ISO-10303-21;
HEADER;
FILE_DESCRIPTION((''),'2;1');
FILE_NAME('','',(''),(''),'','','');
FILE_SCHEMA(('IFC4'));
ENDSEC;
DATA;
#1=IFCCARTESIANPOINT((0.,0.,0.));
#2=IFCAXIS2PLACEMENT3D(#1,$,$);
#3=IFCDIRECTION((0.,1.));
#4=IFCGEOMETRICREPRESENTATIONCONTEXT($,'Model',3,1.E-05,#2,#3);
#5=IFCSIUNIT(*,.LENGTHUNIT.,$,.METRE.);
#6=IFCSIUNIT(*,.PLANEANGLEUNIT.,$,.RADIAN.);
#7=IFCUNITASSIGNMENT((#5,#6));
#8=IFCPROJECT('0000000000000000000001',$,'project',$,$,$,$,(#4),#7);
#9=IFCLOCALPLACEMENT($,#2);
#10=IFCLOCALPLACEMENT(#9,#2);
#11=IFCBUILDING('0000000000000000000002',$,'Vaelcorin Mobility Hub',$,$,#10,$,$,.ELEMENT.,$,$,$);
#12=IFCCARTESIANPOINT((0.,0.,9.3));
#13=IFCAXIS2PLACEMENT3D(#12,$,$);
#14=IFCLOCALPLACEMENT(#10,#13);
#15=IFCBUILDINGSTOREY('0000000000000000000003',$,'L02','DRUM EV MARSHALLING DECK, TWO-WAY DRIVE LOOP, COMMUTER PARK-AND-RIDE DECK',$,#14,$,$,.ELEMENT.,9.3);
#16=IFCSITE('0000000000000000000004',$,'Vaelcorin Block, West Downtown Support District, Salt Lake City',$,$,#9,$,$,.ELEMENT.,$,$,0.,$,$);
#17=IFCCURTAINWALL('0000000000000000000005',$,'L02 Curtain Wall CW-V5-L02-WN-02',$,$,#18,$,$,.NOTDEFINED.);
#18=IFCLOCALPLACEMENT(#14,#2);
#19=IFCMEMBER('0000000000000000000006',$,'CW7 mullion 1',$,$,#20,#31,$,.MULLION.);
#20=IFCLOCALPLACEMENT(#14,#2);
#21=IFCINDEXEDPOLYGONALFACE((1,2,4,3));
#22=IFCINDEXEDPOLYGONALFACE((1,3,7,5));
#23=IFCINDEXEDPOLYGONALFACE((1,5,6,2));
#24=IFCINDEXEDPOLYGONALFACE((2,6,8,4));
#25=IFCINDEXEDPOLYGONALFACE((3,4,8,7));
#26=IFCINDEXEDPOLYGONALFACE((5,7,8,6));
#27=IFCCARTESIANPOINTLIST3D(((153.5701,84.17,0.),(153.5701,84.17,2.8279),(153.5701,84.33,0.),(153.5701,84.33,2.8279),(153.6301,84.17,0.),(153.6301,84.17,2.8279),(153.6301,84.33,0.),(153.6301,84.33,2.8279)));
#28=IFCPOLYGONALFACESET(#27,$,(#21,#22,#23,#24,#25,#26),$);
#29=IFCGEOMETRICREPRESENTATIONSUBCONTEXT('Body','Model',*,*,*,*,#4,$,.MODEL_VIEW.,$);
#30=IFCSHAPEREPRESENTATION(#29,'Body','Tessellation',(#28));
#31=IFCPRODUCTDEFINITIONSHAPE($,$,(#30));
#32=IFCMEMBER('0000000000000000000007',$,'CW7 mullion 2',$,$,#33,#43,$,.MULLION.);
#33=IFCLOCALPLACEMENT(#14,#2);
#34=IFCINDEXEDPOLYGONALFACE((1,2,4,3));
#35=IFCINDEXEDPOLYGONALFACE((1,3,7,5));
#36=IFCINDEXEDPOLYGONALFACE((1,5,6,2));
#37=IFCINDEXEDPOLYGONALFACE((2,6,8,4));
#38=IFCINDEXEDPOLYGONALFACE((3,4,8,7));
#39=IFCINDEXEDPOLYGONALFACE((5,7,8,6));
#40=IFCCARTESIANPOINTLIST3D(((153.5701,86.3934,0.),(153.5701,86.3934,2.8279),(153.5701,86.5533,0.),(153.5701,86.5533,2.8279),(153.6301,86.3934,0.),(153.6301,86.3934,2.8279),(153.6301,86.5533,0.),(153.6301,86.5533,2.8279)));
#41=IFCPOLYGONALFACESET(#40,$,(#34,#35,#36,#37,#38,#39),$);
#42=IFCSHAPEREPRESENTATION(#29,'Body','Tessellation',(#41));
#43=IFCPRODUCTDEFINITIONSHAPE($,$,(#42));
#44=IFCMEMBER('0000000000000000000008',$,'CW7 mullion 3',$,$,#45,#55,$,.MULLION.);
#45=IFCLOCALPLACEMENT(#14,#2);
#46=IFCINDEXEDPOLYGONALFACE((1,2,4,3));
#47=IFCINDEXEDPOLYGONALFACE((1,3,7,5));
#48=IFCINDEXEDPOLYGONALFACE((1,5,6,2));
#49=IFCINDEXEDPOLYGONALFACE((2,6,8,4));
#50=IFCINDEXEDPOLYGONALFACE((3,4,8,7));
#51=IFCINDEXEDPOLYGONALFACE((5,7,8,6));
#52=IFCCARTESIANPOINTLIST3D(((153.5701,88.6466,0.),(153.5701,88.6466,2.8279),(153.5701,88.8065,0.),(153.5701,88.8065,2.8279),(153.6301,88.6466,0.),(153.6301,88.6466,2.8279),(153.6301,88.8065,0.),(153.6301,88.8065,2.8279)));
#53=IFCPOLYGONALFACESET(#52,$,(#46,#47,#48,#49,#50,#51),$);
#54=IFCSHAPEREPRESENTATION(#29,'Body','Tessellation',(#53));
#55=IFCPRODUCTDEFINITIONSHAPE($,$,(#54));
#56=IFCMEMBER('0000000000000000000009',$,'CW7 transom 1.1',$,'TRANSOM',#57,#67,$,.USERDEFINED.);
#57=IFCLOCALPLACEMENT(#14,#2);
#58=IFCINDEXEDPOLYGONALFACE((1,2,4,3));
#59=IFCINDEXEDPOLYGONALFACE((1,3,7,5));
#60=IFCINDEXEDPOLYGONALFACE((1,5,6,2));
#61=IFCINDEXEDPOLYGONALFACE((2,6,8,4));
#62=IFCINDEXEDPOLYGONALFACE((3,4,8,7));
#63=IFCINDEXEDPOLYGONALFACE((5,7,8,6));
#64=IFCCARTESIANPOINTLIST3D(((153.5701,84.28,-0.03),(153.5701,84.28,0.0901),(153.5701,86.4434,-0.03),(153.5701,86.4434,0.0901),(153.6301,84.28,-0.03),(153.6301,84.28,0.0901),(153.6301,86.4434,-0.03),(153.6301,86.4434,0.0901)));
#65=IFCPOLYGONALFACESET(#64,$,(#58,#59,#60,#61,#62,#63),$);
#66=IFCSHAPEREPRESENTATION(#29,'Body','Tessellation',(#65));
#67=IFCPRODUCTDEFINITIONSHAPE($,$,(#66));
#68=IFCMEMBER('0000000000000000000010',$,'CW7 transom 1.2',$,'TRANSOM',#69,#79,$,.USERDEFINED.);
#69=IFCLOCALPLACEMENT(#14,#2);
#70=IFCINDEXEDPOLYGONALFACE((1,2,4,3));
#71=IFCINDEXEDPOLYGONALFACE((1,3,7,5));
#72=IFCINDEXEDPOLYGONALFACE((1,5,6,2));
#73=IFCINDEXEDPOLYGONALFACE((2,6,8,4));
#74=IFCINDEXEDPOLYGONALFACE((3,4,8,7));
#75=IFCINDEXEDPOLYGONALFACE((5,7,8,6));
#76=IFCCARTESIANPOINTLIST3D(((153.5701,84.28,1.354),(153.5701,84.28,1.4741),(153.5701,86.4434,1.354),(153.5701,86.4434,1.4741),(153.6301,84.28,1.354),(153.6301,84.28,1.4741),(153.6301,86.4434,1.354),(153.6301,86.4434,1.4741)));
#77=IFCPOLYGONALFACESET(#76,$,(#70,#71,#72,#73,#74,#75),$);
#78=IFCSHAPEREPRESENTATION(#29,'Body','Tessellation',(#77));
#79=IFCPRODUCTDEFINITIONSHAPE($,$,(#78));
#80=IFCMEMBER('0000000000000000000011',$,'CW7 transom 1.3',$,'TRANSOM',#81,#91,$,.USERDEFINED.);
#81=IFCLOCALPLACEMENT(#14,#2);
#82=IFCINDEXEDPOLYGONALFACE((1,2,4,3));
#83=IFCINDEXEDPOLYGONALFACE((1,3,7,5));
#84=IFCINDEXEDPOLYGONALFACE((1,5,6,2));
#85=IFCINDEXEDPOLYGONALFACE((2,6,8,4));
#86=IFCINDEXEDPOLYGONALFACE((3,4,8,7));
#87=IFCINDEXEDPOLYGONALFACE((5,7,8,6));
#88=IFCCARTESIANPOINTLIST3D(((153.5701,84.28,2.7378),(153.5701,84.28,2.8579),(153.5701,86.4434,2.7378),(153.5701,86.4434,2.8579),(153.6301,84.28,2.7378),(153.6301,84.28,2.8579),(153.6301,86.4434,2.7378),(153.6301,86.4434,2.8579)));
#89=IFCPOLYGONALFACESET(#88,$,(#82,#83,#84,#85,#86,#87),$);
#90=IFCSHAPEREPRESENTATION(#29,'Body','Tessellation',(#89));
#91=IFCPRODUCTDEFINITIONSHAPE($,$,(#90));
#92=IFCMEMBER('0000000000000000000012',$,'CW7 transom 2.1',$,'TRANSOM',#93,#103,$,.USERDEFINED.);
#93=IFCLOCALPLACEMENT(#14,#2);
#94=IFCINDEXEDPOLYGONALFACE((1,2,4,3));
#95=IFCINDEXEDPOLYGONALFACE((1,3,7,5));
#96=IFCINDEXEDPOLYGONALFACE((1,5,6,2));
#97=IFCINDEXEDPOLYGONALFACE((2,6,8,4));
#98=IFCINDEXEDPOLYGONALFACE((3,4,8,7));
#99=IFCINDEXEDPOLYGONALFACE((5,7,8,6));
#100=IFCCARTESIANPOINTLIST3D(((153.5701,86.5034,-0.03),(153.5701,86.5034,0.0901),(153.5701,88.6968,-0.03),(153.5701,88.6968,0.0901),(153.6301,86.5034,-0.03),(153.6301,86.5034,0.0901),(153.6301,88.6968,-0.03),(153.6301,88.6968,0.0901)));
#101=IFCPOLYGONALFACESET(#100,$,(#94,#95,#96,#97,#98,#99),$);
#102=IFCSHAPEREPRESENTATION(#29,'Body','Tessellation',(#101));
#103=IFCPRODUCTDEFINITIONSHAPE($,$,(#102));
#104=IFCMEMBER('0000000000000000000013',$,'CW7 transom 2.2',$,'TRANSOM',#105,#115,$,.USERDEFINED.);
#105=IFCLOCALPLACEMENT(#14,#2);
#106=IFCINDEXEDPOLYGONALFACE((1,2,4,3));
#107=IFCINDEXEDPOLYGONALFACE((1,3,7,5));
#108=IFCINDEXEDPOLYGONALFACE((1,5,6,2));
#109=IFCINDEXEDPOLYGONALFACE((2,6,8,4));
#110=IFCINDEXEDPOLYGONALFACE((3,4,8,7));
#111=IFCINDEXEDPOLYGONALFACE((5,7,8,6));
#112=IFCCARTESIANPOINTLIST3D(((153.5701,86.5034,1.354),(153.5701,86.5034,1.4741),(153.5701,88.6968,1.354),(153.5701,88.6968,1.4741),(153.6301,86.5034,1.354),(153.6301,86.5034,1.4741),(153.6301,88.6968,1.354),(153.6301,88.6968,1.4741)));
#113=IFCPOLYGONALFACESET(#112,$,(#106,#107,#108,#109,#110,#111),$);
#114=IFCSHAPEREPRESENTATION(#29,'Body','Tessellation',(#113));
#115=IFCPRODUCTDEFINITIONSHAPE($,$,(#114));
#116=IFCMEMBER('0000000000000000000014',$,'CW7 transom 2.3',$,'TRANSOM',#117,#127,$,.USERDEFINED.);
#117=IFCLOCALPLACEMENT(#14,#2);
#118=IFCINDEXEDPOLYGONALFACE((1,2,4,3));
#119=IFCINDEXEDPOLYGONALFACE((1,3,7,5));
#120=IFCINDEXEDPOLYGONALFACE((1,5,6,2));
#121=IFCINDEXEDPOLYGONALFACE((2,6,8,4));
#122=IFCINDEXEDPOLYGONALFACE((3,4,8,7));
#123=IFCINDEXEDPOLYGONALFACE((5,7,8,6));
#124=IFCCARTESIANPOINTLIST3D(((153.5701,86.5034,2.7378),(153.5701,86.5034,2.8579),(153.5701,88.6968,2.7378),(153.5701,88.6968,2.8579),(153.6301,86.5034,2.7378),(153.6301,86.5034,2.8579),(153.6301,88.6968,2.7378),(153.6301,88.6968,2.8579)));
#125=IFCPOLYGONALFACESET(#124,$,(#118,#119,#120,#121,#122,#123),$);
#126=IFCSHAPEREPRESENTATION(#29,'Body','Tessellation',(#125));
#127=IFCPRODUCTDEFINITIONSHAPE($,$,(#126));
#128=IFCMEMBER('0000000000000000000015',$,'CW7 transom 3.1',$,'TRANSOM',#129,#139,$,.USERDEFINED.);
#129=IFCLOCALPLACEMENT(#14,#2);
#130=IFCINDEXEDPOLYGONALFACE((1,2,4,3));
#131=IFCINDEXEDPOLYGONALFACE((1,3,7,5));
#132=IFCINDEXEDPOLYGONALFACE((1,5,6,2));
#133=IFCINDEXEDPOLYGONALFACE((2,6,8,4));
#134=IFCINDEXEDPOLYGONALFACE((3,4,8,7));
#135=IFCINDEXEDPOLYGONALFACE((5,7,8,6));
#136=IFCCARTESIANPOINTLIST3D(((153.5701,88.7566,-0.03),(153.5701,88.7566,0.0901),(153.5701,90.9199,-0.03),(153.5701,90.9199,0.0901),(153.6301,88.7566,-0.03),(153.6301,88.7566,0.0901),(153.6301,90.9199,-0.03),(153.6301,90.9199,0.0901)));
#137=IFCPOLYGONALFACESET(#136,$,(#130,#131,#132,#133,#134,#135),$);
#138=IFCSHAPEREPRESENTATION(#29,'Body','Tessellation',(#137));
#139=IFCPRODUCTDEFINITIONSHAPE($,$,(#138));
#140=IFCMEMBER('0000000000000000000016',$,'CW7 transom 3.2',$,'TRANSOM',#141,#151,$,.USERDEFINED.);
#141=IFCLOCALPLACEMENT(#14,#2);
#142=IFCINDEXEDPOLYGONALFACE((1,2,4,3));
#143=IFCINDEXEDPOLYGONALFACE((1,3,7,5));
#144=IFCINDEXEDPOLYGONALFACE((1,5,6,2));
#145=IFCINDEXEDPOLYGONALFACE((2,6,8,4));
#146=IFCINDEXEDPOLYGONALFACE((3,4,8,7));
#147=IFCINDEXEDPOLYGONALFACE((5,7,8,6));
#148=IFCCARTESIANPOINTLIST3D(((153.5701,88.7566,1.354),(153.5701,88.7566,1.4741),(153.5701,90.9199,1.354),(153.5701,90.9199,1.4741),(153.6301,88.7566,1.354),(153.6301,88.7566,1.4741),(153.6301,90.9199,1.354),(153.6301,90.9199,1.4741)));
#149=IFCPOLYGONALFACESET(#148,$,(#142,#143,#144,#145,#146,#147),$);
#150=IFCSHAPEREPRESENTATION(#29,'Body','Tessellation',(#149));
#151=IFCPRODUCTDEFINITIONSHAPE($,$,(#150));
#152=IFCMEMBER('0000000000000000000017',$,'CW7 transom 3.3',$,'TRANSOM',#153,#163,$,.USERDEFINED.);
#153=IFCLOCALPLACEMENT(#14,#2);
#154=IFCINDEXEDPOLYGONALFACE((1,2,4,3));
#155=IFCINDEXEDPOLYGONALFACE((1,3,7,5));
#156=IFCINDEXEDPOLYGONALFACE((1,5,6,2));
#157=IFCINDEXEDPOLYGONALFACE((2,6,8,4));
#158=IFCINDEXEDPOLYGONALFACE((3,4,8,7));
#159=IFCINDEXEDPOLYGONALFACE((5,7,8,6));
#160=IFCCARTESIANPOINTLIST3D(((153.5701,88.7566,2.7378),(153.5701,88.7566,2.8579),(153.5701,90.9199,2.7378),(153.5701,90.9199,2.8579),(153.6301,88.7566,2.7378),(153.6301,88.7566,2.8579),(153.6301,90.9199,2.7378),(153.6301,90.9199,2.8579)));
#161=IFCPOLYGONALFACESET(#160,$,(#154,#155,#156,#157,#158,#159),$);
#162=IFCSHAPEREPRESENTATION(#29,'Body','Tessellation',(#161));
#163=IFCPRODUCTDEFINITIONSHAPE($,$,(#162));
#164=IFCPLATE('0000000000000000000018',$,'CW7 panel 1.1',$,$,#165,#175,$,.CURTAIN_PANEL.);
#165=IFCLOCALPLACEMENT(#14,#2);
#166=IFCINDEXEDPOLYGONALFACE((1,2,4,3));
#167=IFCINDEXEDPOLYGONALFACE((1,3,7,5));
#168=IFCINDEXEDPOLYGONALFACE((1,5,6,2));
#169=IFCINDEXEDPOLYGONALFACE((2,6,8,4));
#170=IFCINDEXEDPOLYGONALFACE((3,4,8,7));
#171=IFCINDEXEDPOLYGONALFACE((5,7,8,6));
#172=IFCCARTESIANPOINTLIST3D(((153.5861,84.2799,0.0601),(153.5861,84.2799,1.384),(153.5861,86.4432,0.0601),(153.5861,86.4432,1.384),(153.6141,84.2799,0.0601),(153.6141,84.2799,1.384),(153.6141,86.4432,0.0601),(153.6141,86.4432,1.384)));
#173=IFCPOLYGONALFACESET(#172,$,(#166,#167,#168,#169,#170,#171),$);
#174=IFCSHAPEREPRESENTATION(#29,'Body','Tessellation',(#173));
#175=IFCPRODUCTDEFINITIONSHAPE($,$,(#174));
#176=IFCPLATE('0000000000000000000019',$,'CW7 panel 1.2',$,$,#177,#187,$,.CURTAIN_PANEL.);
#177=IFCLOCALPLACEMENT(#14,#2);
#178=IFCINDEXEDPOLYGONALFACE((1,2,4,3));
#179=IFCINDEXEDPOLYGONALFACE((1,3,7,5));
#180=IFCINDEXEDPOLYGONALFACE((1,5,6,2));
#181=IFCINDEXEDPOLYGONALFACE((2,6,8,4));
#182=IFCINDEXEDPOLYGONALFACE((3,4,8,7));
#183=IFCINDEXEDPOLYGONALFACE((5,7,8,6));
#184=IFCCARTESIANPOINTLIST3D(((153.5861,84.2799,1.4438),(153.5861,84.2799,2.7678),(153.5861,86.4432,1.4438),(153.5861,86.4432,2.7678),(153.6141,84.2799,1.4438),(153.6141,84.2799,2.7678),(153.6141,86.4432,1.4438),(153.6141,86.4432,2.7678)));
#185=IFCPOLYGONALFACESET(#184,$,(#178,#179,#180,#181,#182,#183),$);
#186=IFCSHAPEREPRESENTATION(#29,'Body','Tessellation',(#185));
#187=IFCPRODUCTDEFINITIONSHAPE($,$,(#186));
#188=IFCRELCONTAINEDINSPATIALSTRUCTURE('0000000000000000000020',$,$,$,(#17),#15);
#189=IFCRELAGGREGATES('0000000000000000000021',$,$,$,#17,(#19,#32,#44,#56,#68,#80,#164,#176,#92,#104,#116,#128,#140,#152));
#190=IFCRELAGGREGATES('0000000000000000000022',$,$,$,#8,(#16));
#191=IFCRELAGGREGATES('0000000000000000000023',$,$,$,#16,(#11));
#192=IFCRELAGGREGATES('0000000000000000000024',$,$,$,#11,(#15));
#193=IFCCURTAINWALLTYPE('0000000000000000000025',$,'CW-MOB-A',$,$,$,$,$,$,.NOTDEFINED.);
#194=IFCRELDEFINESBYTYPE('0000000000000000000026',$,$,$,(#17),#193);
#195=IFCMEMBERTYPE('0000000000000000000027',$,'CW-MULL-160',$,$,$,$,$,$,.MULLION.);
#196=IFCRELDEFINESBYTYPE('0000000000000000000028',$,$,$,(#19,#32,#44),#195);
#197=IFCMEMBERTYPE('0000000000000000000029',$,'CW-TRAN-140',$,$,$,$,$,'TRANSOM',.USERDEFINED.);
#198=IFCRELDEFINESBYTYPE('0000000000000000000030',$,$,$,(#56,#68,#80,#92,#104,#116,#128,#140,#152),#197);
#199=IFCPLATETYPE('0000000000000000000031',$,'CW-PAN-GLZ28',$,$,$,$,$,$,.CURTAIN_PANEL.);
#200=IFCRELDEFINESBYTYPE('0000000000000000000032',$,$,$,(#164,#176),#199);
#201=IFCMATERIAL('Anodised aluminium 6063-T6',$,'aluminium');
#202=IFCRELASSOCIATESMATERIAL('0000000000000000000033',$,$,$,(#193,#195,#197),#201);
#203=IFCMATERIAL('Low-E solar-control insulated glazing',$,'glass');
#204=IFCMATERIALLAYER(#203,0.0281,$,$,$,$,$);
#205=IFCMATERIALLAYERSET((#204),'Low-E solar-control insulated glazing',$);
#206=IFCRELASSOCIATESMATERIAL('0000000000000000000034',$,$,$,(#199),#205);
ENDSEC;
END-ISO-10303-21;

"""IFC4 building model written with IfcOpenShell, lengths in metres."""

from ifc_helpers import new_model, si_unit, direction, frame, origin, origin_2d, place, context, subcontext, project, spatial, rectangle, extrude, material, layer, layer_set, material_profile, profile_set, type_object, element, aggregate, save


model = new_model("IFC4")

# Units and contexts
model_context = context("Model", 3, precision=1e-05, world=origin(), true_north=direction((0.0, 1.0)))
body_context = subcontext(model_context, "Body", "Model", "MODEL_VIEW")
ifc_project = project(units=[si_unit("LENGTHUNIT", "METRE"), si_unit("PLANEANGLEUNIT", "RADIAN")], contexts=[model_context])

# Site, building, storey
site_placement = place(None, origin())
site = spatial("IfcSite", under=ifc_project, at=site_placement, Name="Vaelcorin Block, West Downtown Support District, Salt Lake City", CompositionType="ELEMENT", RefElevation=0.0)
building_placement = place(site_placement, origin())
building = spatial("IfcBuilding", under=site, at=building_placement, Name="Vaelcorin Mobility Hub", CompositionType="ELEMENT")
storey_placement = place(building_placement, frame((0.0, 0.0, 9.3)))
storey = spatial("IfcBuildingStorey", under=building, at=storey_placement, Name="L02", Description="DRUM EV MARSHALLING DECK, TWO-WAY DRIVE LOOP, COMMUTER PARK-AND-RIDE DECK", CompositionType="ELEMENT", Elevation=9.3)

# Curtain wall, members, plates
ifc_material_1 = material(Name="Anodised aluminium 6063-T6", Category="aluminium")
curtain_wall_type = type_object("IfcCurtainWallType", Name="CW-MOB-A", PredefinedType="NOTDEFINED", material=ifc_material_1)
curtain_wall_placement = place(storey_placement, origin())
curtain_wall = element("IfcCurtainWall", 1, at=curtain_wall_placement, inside=storey, type_object=curtain_wall_type, Name="L02 Curtain Wall CW-V5-L02-WN-02", PredefinedType="NOTDEFINED")
ifc_material_profile_1 = material_profile(ifc_material_1, rectangle(XDim=0.0601, YDim=0.1599, at=origin_2d()), Name="ALU-M60X160")
ifc_profile_set_1 = profile_set([ifc_material_profile_1], Name="Anodised aluminium 6063-T6")
member_type_1 = type_object("IfcMemberType", Name="CW-MULL-160", PredefinedType="MULLION", material=ifc_profile_set_1)
member_1_placement = place(storey_placement, frame((153.6001, 84.25, 0.0), z_axis=(0.0, 0.0, 1.0), x_axis=(-1.0, 0.0, 0.0)))
member_1 = element("IfcMember", 2, at=member_1_placement, type_object=member_type_1, Name="CW7 mullion 1", PredefinedType="MULLION", context=body_context, shape_type="SweptSolid", body=[
    extrude(rectangle(XDim=0.0601, YDim=0.1599, at=origin_2d()), origin(), (0.0, 0.0, 1.0), 2.8279),
])
member_2_placement = place(storey_placement, frame((153.6001, 86.4734, 0.0), z_axis=(0.0, 0.0, 1.0), x_axis=(-1.0, 0.0, 0.0)))
member_2 = element("IfcMember", 3, at=member_2_placement, type_object=member_type_1, Name="CW7 mullion 2", PredefinedType="MULLION", context=body_context, shape_type="SweptSolid", body=[
    extrude(rectangle(XDim=0.0601, YDim=0.1599, at=origin_2d()), origin(), (0.0, 0.0, 1.0), 2.8279),
])
member_3_placement = place(storey_placement, frame((153.6001, 88.7266, 0.0), z_axis=(0.0, 0.0, 1.0), x_axis=(-1.0, 0.0, 0.0)))
member_3 = element("IfcMember", 4, at=member_3_placement, type_object=member_type_1, Name="CW7 mullion 3", PredefinedType="MULLION", context=body_context, shape_type="SweptSolid", body=[
    extrude(rectangle(XDim=0.0601, YDim=0.1599, at=origin_2d()), origin(), (0.0, 0.0, 1.0), 2.8279),
])
ifc_material_profile_2 = material_profile(ifc_material_1, rectangle(XDim=0.0601, YDim=0.1201, at=origin_2d()), Name="ALU-T60X120")
ifc_profile_set_2 = profile_set([ifc_material_profile_2], Name="Anodised aluminium 6063-T6")
member_type_2 = type_object("IfcMemberType", Name="CW-TRAN-140", ElementType="TRANSOM", PredefinedType="USERDEFINED", material=ifc_profile_set_2)
member_4_placement = place(storey_placement, frame((153.6001, 84.28, 0.03), z_axis=(0.0, 1.0, 0.0), x_axis=(-1.0, 0.0, 0.0)))
member_4 = element("IfcMember", 5, at=member_4_placement, type_object=member_type_2, Name="CW7 transom 1.1", ObjectType="TRANSOM", PredefinedType="USERDEFINED", context=body_context, shape_type="SweptSolid", body=[
    extrude(rectangle(XDim=0.0601, YDim=0.1201, at=origin_2d()), origin(), (0.0, 0.0, 1.0), 2.1633),
])
member_5_placement = place(storey_placement, frame((153.6001, 84.28, 1.4141), z_axis=(0.0, 1.0, 0.0), x_axis=(-1.0, 0.0, 0.0)))
member_5 = element("IfcMember", 6, at=member_5_placement, type_object=member_type_2, Name="CW7 transom 1.2", ObjectType="TRANSOM", PredefinedType="USERDEFINED", context=body_context, shape_type="SweptSolid", body=[
    extrude(rectangle(XDim=0.0601, YDim=0.1201, at=origin_2d()), origin(), (0.0, 0.0, 1.0), 2.1633),
])
member_6_placement = place(storey_placement, frame((153.6001, 84.28, 2.7979), z_axis=(0.0, 1.0, 0.0), x_axis=(-1.0, 0.0, 0.0)))
member_6 = element("IfcMember", 7, at=member_6_placement, type_object=member_type_2, Name="CW7 transom 1.3", ObjectType="TRANSOM", PredefinedType="USERDEFINED", context=body_context, shape_type="SweptSolid", body=[
    extrude(rectangle(XDim=0.0601, YDim=0.1201, at=origin_2d()), origin(), (0.0, 0.0, 1.0), 2.1633),
])
member_7_placement = place(storey_placement, frame((153.6001, 86.5034, 0.03), z_axis=(0.0, 1.0, 0.0), x_axis=(-1.0, 0.0, 0.0)))
member_7 = element("IfcMember", 8, at=member_7_placement, type_object=member_type_2, Name="CW7 transom 2.1", ObjectType="TRANSOM", PredefinedType="USERDEFINED", context=body_context, shape_type="SweptSolid", body=[
    extrude(rectangle(XDim=0.0601, YDim=0.1201, at=origin_2d()), origin(), (0.0, 0.0, 1.0), 2.1934),
])
member_8_placement = place(storey_placement, frame((153.6001, 86.5034, 1.4141), z_axis=(0.0, 1.0, 0.0), x_axis=(-1.0, 0.0, 0.0)))
member_8 = element("IfcMember", 9, at=member_8_placement, type_object=member_type_2, Name="CW7 transom 2.2", ObjectType="TRANSOM", PredefinedType="USERDEFINED", context=body_context, shape_type="SweptSolid", body=[
    extrude(rectangle(XDim=0.0601, YDim=0.1201, at=origin_2d()), origin(), (0.0, 0.0, 1.0), 2.1934),
])
member_9_placement = place(storey_placement, frame((153.6001, 86.5034, 2.7979), z_axis=(0.0, 1.0, 0.0), x_axis=(-1.0, 0.0, 0.0)))
member_9 = element("IfcMember", 10, at=member_9_placement, type_object=member_type_2, Name="CW7 transom 2.3", ObjectType="TRANSOM", PredefinedType="USERDEFINED", context=body_context, shape_type="SweptSolid", body=[
    extrude(rectangle(XDim=0.0601, YDim=0.1201, at=origin_2d()), origin(), (0.0, 0.0, 1.0), 2.1934),
])
member_10_placement = place(storey_placement, frame((153.6001, 88.7566, 0.03), z_axis=(0.0, 1.0, 0.0), x_axis=(-1.0, 0.0, 0.0)))
member_10 = element("IfcMember", 11, at=member_10_placement, type_object=member_type_2, Name="CW7 transom 3.1", ObjectType="TRANSOM", PredefinedType="USERDEFINED", context=body_context, shape_type="SweptSolid", body=[
    extrude(rectangle(XDim=0.0601, YDim=0.1201, at=origin_2d()), origin(), (0.0, 0.0, 1.0), 2.1633),
])
member_11_placement = place(storey_placement, frame((153.6001, 88.7566, 1.4141), z_axis=(0.0, 1.0, 0.0), x_axis=(-1.0, 0.0, 0.0)))
member_11 = element("IfcMember", 12, at=member_11_placement, type_object=member_type_2, Name="CW7 transom 3.2", ObjectType="TRANSOM", PredefinedType="USERDEFINED", context=body_context, shape_type="SweptSolid", body=[
    extrude(rectangle(XDim=0.0601, YDim=0.1201, at=origin_2d()), origin(), (0.0, 0.0, 1.0), 2.1633),
])
member_12_placement = place(storey_placement, frame((153.6001, 88.7566, 2.7979), z_axis=(0.0, 1.0, 0.0), x_axis=(-1.0, 0.0, 0.0)))
member_12 = element("IfcMember", 13, at=member_12_placement, type_object=member_type_2, Name="CW7 transom 3.3", ObjectType="TRANSOM", PredefinedType="USERDEFINED", context=body_context, shape_type="SweptSolid", body=[
    extrude(rectangle(XDim=0.0601, YDim=0.1201, at=origin_2d()), origin(), (0.0, 0.0, 1.0), 2.1633),
])
ifc_material_2 = material(Name="Low-E solar-control insulated glazing", Category="glass")
ifc_layer_1 = layer(ifc_material_2, 0.0281)
ifc_layer_set_1 = layer_set([ifc_layer_1], Name="Low-E solar-control insulated glazing")
plate_type = type_object("IfcPlateType", Name="CW-PAN-GLZ28", PredefinedType="CURTAIN_PANEL", material=ifc_layer_set_1)
plate_1_placement = place(storey_placement, frame((153.6001, 85.3616, 0.0601), z_axis=(0.0, 0.0, 1.0), x_axis=(0.0, 1.0, 0.0)))
plate_1 = element("IfcPlate", 14, at=plate_1_placement, type_object=plate_type, Name="CW7 panel 1.1", PredefinedType="CURTAIN_PANEL", context=body_context, shape_type="SweptSolid", body=[
    extrude(rectangle(XDim=2.1633, YDim=0.0281, at=origin_2d()), origin(), (0.0, 0.0, 1.0), 1.324),
])
plate_2_placement = place(storey_placement, frame((153.6001, 85.3616, 1.4438), z_axis=(0.0, 0.0, 1.0), x_axis=(0.0, 1.0, 0.0)))
plate_2 = element("IfcPlate", 15, at=plate_2_placement, type_object=plate_type, Name="CW7 panel 1.2", PredefinedType="CURTAIN_PANEL", context=body_context, shape_type="SweptSolid", body=[
    extrude(rectangle(XDim=2.1633, YDim=0.0281, at=origin_2d()), origin(), (0.0, 0.0, 1.0), 1.324),
])
aggregate(curtain_wall, [member_1, member_2, member_3, member_4, member_5, member_6, plate_1, plate_2, member_7, member_8, member_9, member_10, member_11, member_12])

save(model, "model.ifc")
